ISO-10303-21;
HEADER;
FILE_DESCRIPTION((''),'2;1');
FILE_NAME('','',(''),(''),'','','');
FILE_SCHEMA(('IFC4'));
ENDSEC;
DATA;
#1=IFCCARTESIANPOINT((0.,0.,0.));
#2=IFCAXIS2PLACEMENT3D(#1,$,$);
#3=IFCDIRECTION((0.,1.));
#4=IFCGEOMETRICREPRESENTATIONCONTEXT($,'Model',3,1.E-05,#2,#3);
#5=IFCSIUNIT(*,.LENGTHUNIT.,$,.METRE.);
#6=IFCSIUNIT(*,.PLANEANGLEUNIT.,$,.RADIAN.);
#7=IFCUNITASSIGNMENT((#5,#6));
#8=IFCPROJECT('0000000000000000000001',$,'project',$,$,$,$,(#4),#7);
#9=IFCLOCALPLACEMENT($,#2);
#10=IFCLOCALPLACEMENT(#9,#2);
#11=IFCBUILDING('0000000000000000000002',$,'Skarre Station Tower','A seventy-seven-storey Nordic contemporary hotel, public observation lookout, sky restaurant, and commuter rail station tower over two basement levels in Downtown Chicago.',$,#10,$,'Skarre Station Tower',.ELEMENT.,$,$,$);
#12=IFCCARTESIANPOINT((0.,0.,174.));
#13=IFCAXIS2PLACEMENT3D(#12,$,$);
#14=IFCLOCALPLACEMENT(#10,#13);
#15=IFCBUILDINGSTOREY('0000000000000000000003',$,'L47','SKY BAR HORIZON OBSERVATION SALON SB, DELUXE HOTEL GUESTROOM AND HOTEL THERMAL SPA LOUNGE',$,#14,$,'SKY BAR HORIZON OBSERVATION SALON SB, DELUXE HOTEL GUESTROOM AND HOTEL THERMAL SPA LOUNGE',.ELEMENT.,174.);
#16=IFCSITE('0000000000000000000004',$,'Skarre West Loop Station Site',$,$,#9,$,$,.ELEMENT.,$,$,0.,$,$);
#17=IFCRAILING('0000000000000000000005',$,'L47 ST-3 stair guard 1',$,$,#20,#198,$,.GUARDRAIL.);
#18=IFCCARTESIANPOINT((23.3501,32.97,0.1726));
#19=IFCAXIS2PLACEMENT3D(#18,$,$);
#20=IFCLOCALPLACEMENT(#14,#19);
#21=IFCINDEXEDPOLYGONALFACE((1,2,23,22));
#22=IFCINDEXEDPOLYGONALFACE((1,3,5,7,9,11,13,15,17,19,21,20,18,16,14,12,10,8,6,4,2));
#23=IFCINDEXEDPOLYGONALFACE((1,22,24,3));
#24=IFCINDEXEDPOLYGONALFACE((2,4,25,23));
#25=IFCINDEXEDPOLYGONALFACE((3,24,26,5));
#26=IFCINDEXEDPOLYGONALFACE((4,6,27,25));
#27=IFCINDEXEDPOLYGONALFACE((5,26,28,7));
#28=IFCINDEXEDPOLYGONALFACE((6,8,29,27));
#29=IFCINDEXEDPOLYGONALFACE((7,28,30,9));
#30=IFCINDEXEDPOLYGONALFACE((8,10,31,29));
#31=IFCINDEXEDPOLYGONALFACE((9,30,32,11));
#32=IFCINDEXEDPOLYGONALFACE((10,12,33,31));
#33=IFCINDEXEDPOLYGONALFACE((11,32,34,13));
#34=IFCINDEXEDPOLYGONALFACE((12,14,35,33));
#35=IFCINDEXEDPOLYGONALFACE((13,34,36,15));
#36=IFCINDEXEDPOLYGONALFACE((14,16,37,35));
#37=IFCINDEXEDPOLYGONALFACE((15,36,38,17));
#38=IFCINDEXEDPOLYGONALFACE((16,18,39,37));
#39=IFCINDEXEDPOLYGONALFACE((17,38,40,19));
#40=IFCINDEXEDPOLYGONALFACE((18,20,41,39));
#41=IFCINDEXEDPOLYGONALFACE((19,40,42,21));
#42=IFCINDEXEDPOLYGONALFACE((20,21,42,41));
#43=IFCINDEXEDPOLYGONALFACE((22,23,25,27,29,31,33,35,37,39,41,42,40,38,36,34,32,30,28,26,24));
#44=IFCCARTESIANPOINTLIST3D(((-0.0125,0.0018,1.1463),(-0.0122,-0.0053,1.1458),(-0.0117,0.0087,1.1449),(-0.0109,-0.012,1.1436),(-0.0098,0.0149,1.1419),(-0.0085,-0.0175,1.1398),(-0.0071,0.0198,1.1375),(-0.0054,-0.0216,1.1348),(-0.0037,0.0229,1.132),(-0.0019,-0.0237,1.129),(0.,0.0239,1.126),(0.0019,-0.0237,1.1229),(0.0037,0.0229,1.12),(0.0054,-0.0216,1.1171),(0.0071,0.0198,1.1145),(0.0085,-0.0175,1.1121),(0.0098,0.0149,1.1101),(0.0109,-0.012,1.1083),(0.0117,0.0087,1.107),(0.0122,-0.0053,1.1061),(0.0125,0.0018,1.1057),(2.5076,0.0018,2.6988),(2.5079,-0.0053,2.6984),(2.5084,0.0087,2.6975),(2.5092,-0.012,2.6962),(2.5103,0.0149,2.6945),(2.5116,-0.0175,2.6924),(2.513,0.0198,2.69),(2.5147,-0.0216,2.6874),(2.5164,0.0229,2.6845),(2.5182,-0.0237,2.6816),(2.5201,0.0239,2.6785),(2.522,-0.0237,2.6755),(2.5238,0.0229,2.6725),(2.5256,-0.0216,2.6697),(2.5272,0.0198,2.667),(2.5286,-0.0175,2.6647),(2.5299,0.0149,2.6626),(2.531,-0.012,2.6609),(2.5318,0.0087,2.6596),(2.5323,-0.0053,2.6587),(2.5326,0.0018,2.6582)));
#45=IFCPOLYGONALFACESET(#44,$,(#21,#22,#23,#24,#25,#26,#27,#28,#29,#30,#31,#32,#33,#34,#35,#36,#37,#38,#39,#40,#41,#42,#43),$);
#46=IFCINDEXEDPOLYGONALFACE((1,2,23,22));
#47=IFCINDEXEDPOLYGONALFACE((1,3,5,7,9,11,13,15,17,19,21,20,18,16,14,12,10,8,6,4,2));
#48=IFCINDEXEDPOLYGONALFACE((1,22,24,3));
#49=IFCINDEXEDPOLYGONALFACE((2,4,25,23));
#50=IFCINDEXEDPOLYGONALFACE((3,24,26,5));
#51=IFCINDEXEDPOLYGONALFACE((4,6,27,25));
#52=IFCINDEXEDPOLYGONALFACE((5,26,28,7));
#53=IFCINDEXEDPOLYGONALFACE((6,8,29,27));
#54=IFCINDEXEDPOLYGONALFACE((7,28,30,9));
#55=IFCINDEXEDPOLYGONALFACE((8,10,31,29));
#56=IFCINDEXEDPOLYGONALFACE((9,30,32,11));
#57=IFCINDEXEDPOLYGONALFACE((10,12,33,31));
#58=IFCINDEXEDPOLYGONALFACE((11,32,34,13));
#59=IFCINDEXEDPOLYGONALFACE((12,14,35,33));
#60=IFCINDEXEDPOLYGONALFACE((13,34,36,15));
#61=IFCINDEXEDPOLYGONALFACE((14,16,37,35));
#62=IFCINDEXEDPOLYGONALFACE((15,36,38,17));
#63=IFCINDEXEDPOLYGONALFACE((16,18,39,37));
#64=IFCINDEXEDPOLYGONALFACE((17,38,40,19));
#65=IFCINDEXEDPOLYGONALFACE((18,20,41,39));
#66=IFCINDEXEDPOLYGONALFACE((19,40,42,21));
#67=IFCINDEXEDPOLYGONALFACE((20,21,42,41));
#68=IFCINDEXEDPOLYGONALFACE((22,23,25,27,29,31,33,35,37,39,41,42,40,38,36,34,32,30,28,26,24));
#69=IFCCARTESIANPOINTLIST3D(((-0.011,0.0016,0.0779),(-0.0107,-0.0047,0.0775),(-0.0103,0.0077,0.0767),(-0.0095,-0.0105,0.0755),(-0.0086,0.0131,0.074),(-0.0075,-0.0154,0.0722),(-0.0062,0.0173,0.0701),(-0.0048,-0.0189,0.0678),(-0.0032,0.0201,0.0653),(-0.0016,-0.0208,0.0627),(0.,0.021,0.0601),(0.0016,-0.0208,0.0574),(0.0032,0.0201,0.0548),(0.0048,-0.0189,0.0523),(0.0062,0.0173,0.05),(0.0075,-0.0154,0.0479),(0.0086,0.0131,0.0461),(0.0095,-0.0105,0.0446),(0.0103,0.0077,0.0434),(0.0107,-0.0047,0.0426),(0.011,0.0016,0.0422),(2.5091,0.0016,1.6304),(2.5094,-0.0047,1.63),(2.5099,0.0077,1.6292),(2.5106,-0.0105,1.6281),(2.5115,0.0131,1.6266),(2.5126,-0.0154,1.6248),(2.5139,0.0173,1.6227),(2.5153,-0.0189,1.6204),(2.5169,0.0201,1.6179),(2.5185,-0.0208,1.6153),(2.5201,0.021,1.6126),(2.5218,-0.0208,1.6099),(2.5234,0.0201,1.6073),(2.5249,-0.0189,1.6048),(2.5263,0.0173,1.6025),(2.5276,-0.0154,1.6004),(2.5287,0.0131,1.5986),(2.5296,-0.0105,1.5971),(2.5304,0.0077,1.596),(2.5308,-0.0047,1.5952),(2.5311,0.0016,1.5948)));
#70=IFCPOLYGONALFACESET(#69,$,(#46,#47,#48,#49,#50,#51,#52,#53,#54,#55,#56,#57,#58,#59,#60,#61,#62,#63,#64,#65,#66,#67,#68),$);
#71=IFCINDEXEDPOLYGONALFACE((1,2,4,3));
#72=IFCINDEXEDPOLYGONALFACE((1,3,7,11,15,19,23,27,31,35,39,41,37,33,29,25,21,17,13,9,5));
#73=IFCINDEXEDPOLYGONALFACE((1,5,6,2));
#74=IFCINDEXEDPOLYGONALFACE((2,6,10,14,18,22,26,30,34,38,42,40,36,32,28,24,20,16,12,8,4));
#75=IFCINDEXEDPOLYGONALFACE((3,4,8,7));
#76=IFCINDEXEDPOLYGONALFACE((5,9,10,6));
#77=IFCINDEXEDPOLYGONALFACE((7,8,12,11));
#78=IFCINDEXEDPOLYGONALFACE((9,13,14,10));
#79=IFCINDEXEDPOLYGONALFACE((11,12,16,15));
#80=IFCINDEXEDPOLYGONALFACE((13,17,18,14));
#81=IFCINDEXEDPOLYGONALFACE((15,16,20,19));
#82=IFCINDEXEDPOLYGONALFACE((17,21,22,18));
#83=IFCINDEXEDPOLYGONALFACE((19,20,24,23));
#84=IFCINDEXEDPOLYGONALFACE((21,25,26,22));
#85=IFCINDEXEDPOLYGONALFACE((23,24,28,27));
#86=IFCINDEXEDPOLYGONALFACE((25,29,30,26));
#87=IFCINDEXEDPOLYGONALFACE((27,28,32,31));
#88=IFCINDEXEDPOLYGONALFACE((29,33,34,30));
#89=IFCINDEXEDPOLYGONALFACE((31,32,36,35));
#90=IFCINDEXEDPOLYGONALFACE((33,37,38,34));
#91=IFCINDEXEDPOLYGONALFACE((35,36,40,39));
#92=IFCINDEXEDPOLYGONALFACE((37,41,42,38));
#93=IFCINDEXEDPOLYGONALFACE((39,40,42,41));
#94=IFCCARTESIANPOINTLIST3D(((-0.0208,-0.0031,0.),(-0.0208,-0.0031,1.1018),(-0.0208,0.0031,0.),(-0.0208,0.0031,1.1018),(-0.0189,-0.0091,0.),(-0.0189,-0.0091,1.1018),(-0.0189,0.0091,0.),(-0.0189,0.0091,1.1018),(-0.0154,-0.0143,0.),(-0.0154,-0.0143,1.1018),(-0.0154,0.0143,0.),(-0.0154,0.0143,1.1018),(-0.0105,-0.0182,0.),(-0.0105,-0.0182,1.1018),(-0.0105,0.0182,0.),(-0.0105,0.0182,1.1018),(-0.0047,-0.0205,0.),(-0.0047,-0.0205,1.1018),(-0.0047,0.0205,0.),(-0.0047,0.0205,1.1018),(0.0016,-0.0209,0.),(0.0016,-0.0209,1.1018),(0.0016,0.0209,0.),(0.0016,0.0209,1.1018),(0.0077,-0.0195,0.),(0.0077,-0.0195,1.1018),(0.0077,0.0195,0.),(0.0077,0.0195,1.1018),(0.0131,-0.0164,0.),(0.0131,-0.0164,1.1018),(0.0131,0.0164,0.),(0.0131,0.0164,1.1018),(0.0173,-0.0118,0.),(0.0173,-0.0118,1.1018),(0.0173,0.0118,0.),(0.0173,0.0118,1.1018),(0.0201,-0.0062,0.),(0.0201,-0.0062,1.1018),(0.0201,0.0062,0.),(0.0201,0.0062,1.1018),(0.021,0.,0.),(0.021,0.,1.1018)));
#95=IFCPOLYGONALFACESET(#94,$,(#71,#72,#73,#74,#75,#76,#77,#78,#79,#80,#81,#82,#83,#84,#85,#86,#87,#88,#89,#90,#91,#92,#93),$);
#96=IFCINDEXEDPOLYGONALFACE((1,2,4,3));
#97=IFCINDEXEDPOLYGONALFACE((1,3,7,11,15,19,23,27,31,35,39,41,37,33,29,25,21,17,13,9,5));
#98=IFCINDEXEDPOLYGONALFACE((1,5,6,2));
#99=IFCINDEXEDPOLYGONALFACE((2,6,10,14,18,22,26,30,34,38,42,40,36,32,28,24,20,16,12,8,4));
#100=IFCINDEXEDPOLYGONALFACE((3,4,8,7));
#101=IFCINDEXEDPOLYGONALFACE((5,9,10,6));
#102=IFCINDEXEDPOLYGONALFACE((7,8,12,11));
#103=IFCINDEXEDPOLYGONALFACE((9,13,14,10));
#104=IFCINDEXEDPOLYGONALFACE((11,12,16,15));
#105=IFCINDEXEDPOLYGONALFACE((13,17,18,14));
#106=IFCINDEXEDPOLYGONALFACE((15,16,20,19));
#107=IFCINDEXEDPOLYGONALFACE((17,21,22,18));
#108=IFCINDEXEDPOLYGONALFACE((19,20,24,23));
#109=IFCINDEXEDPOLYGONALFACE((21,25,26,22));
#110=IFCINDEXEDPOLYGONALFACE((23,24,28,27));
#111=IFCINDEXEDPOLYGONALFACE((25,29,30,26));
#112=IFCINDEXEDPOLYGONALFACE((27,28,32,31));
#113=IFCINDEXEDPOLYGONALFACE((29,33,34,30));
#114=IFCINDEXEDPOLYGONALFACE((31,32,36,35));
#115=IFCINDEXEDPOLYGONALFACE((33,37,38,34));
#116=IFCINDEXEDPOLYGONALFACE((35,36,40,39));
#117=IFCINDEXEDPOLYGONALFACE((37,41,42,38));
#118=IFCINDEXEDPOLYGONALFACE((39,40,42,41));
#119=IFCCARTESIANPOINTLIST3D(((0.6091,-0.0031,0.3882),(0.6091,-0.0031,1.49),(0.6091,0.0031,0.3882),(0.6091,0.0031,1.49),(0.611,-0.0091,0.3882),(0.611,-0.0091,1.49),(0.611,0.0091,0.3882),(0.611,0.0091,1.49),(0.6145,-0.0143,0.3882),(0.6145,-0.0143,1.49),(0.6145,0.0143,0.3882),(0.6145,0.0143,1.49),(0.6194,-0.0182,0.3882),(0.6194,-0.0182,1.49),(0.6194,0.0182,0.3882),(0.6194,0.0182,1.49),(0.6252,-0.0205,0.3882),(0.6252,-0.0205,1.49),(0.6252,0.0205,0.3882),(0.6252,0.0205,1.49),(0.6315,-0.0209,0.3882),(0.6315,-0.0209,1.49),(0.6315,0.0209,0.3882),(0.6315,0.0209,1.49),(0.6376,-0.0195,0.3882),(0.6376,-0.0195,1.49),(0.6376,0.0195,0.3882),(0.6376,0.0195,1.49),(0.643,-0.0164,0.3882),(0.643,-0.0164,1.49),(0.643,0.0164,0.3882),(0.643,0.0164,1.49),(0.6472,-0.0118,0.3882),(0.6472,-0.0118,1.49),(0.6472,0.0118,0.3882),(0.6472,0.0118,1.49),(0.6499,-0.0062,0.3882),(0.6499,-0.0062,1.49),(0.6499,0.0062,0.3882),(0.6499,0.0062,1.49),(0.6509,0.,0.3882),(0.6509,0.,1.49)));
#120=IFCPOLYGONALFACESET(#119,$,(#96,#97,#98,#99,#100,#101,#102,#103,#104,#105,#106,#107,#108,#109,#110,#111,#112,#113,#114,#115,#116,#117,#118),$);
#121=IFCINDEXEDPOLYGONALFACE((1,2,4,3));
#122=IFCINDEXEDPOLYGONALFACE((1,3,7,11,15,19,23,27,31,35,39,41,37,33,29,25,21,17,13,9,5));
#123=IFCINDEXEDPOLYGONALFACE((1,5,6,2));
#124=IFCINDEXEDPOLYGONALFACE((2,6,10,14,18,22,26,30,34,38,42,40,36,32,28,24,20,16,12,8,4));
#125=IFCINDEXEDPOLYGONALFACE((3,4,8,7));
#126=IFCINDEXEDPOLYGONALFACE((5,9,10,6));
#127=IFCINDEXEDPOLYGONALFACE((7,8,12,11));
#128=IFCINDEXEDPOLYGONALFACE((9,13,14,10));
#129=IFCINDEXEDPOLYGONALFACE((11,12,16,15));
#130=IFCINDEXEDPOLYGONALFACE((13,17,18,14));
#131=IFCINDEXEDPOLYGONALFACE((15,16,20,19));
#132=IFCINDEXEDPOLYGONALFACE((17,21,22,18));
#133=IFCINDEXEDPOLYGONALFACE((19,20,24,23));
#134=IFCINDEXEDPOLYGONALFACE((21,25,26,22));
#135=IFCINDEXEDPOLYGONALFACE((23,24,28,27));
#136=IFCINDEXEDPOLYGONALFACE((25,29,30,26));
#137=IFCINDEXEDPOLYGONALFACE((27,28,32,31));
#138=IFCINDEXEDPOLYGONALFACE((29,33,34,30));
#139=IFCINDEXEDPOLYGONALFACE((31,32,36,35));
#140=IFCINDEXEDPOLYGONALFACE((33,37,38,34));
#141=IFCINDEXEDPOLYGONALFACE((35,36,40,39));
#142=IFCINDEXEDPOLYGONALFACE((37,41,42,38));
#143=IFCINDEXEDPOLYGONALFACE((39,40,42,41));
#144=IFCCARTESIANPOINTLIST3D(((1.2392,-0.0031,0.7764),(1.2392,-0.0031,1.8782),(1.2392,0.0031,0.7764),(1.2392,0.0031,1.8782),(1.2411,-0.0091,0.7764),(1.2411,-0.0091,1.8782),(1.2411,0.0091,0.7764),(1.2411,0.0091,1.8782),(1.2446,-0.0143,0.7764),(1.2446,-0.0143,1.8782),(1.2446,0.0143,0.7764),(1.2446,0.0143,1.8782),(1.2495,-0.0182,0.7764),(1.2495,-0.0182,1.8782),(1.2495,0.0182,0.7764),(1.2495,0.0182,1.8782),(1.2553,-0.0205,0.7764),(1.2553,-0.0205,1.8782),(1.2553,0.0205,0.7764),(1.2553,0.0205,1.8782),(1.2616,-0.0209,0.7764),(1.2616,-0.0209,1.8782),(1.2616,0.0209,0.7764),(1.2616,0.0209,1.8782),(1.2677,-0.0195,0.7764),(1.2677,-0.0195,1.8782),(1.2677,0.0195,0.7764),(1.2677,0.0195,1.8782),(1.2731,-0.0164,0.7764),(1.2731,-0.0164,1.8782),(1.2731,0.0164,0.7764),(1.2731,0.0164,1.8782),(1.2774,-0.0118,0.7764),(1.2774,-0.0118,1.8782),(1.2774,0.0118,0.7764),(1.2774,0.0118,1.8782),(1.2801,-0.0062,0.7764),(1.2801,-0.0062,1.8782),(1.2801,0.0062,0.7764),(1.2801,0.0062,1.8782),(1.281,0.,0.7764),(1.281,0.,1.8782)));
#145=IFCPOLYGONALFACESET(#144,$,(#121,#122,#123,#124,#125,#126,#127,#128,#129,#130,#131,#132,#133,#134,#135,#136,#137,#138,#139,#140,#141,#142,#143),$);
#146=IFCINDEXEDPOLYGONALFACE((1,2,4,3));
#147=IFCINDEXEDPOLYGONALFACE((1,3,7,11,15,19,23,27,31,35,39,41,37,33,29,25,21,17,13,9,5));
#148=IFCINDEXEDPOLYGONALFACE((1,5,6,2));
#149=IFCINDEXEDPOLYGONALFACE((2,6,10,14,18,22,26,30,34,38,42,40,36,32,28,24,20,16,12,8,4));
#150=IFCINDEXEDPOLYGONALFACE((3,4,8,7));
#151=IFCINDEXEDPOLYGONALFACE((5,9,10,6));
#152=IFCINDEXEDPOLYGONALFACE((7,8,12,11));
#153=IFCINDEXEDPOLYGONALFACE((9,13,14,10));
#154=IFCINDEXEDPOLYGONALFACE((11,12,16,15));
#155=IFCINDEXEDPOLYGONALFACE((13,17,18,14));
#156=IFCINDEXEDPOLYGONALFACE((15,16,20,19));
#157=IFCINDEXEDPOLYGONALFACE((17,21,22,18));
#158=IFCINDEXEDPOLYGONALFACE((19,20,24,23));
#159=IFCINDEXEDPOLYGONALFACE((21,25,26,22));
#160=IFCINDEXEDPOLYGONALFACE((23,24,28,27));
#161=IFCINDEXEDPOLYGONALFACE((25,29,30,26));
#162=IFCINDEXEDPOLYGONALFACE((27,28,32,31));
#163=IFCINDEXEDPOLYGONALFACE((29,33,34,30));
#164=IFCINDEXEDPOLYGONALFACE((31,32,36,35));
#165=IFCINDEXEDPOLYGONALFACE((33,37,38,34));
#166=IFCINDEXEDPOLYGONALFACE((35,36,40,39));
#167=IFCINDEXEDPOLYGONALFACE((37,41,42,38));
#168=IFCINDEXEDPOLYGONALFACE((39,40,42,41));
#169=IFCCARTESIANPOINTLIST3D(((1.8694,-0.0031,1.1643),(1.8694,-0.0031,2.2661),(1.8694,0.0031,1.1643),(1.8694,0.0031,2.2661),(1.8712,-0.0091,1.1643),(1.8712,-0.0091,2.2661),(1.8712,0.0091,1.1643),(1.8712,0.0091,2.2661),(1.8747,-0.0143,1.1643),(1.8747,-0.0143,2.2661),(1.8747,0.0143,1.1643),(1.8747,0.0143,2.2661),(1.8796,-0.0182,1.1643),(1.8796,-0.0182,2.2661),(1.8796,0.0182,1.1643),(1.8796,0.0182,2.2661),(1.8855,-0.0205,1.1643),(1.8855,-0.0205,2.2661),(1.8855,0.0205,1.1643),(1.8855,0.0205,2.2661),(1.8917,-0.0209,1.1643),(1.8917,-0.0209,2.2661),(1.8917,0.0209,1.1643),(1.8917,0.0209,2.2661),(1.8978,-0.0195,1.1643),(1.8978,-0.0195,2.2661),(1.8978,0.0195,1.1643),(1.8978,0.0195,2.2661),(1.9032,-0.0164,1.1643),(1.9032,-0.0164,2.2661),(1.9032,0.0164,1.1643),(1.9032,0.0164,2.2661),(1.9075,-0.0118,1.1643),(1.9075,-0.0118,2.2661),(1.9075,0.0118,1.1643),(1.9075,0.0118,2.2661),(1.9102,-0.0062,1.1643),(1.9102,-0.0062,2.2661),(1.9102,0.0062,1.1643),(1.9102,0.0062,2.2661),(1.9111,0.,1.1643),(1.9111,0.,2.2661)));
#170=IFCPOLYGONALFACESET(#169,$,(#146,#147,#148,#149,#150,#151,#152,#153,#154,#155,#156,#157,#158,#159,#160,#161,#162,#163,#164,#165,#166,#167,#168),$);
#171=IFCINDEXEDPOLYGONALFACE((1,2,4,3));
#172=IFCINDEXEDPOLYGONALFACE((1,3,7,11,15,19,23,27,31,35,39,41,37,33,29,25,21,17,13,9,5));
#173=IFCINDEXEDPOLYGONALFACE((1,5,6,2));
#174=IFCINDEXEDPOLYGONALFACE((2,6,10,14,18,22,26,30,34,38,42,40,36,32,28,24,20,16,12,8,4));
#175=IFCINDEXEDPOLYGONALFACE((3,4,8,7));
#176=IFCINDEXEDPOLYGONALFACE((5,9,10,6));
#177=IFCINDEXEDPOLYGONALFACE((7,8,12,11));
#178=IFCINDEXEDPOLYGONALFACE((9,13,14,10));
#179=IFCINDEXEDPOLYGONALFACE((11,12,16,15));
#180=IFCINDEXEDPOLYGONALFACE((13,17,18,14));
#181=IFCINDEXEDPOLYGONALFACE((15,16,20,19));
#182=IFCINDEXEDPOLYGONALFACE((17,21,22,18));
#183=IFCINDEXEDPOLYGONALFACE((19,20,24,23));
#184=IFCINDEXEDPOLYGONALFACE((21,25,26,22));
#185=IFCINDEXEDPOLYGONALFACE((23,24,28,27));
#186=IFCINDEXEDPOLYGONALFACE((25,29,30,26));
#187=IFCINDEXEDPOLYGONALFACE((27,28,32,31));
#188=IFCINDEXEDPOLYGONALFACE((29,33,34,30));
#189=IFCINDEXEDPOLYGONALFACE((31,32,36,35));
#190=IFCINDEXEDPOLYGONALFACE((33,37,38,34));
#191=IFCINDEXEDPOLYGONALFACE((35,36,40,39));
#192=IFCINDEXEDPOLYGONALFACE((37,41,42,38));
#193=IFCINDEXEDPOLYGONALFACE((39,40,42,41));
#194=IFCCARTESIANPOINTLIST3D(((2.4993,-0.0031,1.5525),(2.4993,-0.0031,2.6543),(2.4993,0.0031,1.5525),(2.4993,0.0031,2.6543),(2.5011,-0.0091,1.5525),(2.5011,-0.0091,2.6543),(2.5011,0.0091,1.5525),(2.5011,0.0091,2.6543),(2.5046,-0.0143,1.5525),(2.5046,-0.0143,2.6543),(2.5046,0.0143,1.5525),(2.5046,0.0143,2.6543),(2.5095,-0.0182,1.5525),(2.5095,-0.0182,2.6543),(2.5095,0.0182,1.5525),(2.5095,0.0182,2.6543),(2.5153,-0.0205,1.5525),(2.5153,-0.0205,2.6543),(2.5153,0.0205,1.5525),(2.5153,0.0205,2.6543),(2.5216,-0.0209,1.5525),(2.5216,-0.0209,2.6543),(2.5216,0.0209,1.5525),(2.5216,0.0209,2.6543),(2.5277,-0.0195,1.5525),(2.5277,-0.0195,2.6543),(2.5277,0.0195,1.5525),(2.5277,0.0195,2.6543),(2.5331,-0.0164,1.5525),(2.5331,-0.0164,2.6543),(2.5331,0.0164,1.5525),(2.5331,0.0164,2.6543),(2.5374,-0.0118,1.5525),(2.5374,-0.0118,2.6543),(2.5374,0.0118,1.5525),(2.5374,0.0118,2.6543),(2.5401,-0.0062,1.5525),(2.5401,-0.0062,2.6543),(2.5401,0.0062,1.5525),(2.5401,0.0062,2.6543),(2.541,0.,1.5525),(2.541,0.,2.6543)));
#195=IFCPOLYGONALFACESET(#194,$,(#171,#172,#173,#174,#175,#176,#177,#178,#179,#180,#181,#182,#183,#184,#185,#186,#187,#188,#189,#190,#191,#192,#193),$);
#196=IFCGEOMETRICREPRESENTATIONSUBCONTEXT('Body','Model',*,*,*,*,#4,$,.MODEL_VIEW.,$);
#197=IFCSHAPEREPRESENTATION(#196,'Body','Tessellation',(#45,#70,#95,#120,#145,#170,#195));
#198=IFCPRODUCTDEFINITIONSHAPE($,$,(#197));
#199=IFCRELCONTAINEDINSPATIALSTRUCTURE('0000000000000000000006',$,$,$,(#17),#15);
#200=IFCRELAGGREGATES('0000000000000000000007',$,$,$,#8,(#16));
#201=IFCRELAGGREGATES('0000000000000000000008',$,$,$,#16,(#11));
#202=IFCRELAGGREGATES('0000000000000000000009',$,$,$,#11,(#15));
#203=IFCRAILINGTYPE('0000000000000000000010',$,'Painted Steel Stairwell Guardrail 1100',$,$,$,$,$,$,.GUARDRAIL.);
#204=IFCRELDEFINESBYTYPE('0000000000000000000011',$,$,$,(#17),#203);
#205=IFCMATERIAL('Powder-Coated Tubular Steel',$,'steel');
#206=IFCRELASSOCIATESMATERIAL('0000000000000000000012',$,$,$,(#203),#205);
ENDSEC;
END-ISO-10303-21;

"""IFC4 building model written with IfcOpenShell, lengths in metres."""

from ifc_helpers import new_model, si_unit, direction, frame, origin, origin_2d, place, context, subcontext, project, spatial, circle, extrude, material, type_object, element, save


model = new_model("IFC4")

# Units and contexts
model_context = context("Model", 3, precision=1e-05, world=origin(), true_north=direction((0.0, 1.0)))
body_context = subcontext(model_context, "Body", "Model", "MODEL_VIEW")
ifc_project = project(units=[si_unit("LENGTHUNIT", "METRE"), si_unit("PLANEANGLEUNIT", "RADIAN")], contexts=[model_context])

# Site, building, storey
site_placement = place(None, origin())
site = spatial("IfcSite", under=ifc_project, at=site_placement, Name="Skarre West Loop Station Site", CompositionType="ELEMENT", RefElevation=0.0)
building_placement = place(site_placement, origin())
building = spatial("IfcBuilding", under=site, at=building_placement, Name="Skarre Station Tower", Description="A seventy-seven-storey Nordic contemporary hotel, public observation lookout, sky restaurant, and commuter rail station tower over two basement levels in Downtown Chicago.", LongName="Skarre Station Tower", CompositionType="ELEMENT")
storey_placement = place(building_placement, frame((0.0, 0.0, 174.0)))
storey = spatial("IfcBuildingStorey", under=building, at=storey_placement, Name="L47", Description="SKY BAR HORIZON OBSERVATION SALON SB, DELUXE HOTEL GUESTROOM AND HOTEL THERMAL SPA LOUNGE", LongName="SKY BAR HORIZON OBSERVATION SALON SB, DELUXE HOTEL GUESTROOM AND HOTEL THERMAL SPA LOUNGE", CompositionType="ELEMENT", Elevation=174.0)

# Railing
ifc_material_1 = material(Name="Powder-Coated Tubular Steel", Category="steel")
railing_type_1 = type_object("IfcRailingType", Name="Painted Steel Stairwell Guardrail 1100", PredefinedType="GUARDRAIL", material=ifc_material_1)
railing_1_placement = place(storey_placement, frame((23.3501, 32.97, 0.1726)))
element("IfcRailing", 1, at=railing_1_placement, inside=storey, type_object=railing_type_1, Name="L47 ST-3 stair guard 1", PredefinedType="GUARDRAIL", context=body_context, shape_type="SweptSolid", body=[
    extrude(circle(Radius=0.0239, at=origin_2d()), frame((0.0, 0.0, 1.126), z_axis=(0.8514, 0.0, 0.524516), x_axis=(0.0, 1.0, 0.0)), (0.0, 0.0, 1.0), 2.96),
    extrude(circle(Radius=0.021, at=origin_2d()), frame((0.0, 0.0, 0.0601), z_axis=(0.8514, 0.0, 0.524516), x_axis=(0.0, 1.0, 0.0)), (0.0, 0.0, 1.0), 2.96),
    extrude(circle(Radius=0.021, at=origin_2d()), origin(), (0.0, 0.0, 1.0), 1.1018),
    extrude(circle(Radius=0.021, at=origin_2d()), frame((0.6299, 0.0, 0.3882)), (0.0, 0.0, 1.0), 1.1018),
    extrude(circle(Radius=0.021, at=origin_2d()), frame((1.26, 0.0, 0.7764)), (0.0, 0.0, 1.0), 1.1018),
    extrude(circle(Radius=0.021, at=origin_2d()), frame((1.8901, 0.0, 1.1643)), (0.0, 0.0, 1.0), 1.1018),
    extrude(circle(Radius=0.021, at=origin_2d()), frame((2.52, 0.0, 1.5525)), (0.0, 0.0, 1.0), 1.1018),
])

save(model, "model.ifc")
